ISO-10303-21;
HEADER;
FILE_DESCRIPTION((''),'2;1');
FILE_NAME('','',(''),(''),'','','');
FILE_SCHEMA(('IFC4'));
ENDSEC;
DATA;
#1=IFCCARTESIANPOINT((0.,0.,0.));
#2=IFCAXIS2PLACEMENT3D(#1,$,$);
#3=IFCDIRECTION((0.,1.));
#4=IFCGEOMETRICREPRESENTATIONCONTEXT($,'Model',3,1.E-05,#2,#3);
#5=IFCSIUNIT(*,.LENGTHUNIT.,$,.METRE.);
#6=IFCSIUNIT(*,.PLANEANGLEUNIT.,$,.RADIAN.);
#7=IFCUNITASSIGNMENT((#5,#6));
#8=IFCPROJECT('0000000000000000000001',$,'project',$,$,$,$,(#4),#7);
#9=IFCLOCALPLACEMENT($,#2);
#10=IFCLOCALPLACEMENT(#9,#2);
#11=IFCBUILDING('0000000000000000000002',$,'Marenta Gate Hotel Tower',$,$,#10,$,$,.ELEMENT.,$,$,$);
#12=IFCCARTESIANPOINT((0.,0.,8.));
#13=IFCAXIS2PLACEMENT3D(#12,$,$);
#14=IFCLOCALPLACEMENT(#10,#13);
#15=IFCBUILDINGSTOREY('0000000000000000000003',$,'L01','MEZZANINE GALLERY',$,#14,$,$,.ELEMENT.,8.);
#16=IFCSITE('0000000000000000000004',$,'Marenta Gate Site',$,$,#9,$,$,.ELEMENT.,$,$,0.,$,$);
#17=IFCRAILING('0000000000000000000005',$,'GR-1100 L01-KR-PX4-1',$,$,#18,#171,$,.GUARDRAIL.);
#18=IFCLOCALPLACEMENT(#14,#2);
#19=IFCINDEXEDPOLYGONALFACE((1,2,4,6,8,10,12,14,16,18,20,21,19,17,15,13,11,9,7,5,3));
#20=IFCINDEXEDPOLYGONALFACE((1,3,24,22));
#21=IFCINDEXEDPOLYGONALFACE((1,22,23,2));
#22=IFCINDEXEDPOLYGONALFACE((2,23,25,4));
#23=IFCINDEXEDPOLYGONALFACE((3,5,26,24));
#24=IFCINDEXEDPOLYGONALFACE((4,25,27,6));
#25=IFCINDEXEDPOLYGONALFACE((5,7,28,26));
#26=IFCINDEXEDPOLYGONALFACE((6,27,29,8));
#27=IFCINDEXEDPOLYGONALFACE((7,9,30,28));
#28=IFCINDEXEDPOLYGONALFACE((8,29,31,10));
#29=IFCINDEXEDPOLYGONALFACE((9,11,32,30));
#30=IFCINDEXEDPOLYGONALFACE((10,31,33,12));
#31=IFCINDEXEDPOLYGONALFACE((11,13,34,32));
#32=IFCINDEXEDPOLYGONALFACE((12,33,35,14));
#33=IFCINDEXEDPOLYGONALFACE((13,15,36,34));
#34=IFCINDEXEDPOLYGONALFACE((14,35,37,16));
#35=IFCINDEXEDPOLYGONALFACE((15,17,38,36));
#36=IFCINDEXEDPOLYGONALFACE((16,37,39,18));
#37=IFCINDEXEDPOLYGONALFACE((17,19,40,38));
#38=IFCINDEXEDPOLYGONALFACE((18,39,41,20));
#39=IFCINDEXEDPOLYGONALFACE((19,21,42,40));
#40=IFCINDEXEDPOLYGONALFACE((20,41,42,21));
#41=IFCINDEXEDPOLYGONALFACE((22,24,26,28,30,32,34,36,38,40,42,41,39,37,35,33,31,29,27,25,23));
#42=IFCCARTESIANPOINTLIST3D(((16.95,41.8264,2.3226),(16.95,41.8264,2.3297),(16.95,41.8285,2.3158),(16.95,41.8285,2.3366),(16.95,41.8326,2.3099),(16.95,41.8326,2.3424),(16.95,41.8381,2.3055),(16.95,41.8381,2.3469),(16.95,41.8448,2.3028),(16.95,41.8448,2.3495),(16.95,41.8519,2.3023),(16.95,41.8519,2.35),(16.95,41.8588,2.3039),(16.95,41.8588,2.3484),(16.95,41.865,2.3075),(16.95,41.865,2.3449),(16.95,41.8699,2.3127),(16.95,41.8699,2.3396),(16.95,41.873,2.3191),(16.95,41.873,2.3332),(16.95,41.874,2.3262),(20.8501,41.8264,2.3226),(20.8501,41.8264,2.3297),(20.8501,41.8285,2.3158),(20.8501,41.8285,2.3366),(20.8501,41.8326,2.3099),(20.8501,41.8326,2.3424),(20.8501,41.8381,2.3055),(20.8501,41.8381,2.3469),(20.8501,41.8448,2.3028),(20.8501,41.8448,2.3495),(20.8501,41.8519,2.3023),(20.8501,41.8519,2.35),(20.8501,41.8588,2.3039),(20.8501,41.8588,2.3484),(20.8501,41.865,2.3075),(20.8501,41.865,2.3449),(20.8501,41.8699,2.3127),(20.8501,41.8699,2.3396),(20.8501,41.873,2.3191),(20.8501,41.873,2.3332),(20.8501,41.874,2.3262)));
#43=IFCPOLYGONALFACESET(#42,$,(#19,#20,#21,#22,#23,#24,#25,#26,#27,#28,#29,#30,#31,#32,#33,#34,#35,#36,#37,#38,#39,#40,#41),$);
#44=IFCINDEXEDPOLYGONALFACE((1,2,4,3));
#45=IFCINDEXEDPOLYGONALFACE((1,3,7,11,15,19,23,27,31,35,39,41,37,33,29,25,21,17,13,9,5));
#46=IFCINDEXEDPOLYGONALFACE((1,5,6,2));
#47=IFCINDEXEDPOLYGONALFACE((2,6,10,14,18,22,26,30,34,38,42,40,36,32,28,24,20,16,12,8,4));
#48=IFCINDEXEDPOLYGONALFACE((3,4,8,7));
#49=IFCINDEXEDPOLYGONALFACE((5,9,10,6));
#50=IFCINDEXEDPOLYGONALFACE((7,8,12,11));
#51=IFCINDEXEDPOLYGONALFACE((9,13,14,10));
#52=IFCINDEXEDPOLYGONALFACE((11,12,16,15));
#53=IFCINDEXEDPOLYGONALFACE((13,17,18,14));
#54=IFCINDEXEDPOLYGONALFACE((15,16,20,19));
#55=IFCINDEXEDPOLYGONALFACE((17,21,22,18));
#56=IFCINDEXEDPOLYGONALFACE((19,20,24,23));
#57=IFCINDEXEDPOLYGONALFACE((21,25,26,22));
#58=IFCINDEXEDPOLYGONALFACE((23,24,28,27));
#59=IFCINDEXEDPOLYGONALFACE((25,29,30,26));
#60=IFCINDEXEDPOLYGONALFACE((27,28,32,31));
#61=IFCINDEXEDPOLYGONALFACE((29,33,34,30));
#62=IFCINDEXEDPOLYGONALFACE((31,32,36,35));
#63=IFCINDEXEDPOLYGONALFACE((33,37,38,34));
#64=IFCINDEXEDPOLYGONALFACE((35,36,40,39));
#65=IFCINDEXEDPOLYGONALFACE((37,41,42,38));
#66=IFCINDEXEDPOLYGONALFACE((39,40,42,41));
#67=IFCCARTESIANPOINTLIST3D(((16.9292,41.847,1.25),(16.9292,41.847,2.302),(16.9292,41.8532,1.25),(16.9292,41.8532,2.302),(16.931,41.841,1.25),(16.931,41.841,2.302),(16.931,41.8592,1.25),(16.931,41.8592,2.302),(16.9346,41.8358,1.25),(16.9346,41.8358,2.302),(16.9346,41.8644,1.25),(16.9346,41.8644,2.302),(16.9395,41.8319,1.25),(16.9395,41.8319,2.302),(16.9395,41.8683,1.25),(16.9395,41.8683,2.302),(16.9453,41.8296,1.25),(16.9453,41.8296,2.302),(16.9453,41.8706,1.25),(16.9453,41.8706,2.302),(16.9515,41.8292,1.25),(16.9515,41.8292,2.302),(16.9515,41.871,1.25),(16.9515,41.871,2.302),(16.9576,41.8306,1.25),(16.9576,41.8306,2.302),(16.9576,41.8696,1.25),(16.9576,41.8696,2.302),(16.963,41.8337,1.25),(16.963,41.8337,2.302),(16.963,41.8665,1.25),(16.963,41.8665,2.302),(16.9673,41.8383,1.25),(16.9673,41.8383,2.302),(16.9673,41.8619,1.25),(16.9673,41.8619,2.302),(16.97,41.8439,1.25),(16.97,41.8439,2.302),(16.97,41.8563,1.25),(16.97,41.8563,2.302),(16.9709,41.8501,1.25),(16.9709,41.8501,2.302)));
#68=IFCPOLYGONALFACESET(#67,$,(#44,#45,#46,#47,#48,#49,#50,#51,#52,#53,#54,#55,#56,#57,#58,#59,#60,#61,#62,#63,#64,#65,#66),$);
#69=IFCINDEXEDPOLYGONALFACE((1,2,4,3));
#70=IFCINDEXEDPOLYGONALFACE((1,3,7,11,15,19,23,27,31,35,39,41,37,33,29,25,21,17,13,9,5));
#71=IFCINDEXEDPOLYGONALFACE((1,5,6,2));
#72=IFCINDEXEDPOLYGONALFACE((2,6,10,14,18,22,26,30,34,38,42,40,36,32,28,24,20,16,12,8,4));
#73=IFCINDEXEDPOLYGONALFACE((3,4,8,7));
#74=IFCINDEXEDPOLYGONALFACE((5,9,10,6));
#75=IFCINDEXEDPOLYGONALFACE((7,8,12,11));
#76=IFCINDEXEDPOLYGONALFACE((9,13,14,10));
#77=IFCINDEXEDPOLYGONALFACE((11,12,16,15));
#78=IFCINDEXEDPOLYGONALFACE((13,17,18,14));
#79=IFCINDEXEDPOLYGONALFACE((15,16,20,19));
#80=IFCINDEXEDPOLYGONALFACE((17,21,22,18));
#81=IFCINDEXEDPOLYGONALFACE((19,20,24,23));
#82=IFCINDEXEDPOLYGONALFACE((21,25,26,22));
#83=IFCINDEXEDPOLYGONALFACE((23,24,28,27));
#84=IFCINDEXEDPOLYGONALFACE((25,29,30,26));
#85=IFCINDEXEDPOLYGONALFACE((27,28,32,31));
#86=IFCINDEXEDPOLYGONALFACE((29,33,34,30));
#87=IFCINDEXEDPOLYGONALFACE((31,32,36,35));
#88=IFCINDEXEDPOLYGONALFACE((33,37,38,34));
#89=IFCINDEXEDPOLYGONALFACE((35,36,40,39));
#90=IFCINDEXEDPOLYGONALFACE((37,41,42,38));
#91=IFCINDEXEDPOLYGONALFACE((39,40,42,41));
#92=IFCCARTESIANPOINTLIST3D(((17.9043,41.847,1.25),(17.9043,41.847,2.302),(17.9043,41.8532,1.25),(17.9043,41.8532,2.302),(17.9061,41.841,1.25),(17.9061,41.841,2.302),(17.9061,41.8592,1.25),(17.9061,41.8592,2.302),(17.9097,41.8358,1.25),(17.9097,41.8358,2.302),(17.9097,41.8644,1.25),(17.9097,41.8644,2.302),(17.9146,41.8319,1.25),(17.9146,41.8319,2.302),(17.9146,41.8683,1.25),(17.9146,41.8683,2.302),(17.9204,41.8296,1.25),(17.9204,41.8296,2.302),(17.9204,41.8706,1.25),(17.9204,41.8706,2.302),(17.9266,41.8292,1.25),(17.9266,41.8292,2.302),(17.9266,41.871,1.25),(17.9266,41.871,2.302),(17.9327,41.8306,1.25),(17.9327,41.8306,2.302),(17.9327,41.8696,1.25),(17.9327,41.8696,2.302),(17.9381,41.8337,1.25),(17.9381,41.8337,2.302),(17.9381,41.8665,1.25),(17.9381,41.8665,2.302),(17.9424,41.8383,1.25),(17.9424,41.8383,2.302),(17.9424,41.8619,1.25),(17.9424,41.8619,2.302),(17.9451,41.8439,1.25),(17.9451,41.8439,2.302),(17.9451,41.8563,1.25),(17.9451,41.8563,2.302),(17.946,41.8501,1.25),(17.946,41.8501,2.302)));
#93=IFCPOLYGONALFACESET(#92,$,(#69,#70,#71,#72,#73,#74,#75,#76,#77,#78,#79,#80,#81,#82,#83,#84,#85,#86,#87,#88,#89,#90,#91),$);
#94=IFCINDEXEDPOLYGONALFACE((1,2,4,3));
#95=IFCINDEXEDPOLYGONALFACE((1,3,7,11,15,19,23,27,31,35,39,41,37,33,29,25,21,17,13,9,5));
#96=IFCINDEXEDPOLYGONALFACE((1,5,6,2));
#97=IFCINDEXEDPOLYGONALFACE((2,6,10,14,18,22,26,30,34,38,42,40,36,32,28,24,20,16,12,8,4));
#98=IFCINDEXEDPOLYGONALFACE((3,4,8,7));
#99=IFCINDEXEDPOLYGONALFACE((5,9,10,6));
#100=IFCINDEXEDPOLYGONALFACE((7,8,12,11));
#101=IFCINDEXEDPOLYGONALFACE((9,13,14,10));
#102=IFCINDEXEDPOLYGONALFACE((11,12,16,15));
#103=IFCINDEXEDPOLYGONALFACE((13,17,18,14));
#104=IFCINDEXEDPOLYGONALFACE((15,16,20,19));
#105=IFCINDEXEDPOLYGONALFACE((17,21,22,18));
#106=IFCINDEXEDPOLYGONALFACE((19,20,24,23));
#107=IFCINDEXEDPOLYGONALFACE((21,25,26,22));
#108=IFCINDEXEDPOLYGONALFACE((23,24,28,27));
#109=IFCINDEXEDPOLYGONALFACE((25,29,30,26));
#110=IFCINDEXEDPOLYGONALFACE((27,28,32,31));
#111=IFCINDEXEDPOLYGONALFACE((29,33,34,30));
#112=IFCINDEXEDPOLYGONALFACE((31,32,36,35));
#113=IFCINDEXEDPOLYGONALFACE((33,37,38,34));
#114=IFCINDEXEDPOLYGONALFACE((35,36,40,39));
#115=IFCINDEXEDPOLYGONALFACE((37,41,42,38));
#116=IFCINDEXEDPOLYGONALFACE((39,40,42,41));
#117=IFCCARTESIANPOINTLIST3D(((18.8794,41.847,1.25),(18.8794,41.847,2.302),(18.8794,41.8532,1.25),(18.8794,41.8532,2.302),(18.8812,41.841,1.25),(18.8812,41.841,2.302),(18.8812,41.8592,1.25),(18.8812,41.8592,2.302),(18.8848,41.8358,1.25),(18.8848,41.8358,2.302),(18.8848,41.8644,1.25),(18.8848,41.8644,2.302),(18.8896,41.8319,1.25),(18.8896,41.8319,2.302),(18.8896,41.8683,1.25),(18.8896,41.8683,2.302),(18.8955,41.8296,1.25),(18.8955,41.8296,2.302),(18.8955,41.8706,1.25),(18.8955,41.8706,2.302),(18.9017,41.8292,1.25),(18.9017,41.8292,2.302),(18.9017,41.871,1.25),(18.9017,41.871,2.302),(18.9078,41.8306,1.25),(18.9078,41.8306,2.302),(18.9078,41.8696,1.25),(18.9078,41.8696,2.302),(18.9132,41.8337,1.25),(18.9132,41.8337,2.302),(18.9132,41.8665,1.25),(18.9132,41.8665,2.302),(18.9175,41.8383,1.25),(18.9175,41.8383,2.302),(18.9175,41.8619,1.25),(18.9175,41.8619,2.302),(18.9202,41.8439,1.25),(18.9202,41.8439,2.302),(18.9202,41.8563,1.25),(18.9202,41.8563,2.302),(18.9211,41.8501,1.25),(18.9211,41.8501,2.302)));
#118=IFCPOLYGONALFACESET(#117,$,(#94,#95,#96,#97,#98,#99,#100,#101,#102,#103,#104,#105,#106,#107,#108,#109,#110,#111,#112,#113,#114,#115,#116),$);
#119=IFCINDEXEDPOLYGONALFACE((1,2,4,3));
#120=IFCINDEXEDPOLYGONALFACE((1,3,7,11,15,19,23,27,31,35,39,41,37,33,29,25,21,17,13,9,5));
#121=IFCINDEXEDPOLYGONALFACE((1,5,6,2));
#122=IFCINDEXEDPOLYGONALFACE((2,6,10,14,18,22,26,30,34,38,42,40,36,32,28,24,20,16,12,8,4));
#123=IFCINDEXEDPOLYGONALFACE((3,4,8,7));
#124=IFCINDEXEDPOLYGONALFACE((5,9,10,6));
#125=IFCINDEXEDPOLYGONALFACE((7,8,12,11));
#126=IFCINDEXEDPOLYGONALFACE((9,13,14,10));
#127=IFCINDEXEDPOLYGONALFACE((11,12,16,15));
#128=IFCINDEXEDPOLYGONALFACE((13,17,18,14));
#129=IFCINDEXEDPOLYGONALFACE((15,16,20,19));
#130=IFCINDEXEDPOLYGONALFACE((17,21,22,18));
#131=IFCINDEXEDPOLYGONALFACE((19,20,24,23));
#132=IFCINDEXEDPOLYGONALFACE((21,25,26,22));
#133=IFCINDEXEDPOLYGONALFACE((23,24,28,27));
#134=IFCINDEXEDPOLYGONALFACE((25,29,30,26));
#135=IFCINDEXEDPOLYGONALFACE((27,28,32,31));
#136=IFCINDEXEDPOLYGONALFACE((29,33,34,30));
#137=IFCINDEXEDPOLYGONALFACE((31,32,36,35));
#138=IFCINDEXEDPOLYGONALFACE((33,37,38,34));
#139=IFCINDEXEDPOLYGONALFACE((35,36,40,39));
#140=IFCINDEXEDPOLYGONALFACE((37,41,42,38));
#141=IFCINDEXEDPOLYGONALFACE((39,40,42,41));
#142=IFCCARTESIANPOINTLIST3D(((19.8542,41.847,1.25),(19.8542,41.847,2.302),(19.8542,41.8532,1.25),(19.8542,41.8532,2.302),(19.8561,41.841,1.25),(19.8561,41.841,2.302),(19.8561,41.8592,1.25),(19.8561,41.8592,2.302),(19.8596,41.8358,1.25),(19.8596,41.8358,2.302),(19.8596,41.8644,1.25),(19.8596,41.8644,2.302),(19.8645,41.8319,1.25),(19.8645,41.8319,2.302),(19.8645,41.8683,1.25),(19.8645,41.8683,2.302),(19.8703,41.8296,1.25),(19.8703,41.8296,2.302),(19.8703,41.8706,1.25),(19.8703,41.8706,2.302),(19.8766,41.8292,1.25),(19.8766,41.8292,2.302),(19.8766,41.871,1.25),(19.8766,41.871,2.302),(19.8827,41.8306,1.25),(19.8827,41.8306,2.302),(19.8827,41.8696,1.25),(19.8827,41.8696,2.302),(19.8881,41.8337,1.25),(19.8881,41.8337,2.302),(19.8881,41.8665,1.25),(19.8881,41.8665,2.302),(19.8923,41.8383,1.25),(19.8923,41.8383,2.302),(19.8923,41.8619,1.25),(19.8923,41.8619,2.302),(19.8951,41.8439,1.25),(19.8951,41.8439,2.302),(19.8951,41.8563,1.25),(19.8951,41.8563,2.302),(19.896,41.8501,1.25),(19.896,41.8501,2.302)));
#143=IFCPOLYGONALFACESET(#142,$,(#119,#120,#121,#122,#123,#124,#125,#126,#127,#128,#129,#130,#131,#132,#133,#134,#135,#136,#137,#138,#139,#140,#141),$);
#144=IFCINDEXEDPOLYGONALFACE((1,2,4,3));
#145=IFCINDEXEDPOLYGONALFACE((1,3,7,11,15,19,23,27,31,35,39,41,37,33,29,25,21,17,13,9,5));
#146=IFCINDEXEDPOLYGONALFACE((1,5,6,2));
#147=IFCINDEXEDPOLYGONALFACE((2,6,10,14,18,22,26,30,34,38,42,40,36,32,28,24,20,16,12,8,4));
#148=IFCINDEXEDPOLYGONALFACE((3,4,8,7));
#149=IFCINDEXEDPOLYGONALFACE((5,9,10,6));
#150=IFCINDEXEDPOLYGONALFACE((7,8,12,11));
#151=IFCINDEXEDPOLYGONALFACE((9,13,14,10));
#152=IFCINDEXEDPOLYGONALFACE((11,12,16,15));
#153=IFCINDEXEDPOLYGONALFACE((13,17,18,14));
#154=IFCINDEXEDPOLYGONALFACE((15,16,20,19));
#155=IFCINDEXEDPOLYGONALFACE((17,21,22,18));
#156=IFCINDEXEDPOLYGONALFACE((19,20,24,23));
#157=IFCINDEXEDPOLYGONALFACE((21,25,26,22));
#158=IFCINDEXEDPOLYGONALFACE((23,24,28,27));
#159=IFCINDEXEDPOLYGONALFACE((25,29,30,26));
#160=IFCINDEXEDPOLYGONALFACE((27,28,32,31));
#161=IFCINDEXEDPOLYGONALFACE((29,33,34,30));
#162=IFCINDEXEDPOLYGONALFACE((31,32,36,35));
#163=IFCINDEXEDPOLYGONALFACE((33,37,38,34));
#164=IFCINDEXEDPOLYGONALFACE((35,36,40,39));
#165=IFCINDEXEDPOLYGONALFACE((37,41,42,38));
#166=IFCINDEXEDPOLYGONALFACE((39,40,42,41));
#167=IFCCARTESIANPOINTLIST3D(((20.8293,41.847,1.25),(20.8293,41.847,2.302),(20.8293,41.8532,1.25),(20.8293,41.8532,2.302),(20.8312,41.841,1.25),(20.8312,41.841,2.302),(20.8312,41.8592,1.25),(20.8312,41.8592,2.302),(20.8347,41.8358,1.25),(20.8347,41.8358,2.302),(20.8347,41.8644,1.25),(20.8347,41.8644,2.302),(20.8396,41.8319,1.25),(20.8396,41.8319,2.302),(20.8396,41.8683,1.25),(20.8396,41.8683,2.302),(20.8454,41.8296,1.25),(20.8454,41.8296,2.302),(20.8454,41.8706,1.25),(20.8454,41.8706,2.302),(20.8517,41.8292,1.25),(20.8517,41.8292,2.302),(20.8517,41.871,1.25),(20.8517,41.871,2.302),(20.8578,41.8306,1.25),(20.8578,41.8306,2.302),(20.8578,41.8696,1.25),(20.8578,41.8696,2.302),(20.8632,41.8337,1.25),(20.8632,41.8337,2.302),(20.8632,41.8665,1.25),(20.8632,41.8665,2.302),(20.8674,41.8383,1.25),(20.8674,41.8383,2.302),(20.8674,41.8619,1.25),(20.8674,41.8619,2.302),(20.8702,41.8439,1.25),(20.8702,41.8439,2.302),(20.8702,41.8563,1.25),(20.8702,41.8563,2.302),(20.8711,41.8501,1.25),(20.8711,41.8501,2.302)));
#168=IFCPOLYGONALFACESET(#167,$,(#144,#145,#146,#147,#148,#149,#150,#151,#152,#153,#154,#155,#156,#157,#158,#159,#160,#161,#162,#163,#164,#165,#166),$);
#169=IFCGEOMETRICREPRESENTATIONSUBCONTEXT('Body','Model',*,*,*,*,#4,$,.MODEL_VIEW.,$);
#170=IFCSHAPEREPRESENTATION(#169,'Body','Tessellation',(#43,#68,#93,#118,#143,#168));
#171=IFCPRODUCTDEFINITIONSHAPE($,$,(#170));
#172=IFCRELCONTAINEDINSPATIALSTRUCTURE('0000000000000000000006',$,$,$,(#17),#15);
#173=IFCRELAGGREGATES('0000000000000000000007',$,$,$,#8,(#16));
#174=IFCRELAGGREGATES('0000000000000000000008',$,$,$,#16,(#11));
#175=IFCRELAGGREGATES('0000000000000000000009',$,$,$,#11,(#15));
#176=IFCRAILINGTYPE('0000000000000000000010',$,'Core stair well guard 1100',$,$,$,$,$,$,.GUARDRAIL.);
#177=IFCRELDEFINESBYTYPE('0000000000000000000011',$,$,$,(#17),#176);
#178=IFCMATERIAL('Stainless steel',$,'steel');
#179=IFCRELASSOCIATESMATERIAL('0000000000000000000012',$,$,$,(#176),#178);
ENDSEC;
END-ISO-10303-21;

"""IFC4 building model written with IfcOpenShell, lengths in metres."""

from ifc_helpers import new_model, si_unit, direction, frame, origin, origin_2d, place, context, subcontext, project, spatial, circle, extrude, material, type_object, element, save


model = new_model("IFC4")

# Units and contexts
model_context = context("Model", 3, precision=1e-05, world=origin(), true_north=direction((0.0, 1.0)))
body_context = subcontext(model_context, "Body", "Model", "MODEL_VIEW")
ifc_project = project(units=[si_unit("LENGTHUNIT", "METRE"), si_unit("PLANEANGLEUNIT", "RADIAN")], contexts=[model_context])

# Site, building, storey
site_placement = place(None, origin())
site = spatial("IfcSite", under=ifc_project, at=site_placement, Name="Marenta Gate Site", CompositionType="ELEMENT", RefElevation=0.0)
building_placement = place(site_placement, origin())
building = spatial("IfcBuilding", under=site, at=building_placement, Name="Marenta Gate Hotel Tower", CompositionType="ELEMENT")
storey_placement = place(building_placement, frame((0.0, 0.0, 8.0)))
storey = spatial("IfcBuildingStorey", under=building, at=storey_placement, Name="L01", Description="MEZZANINE GALLERY", CompositionType="ELEMENT", Elevation=8.0)

# Railing
ifc_material_1 = material(Name="Stainless steel", Category="steel")
railing_type_1 = type_object("IfcRailingType", Name="Core stair well guard 1100", PredefinedType="GUARDRAIL", material=ifc_material_1)
railing_1_placement = place(storey_placement, frame((16.95, 41.8501, 1.25)))
element("IfcRailing", 1, at=railing_1_placement, inside=storey, type_object=railing_type_1, Name="GR-1100 L01-KR-PX4-1", PredefinedType="GUARDRAIL", context=body_context, shape_type="SweptSolid", body=[
    extrude(circle(Radius=0.0239, at=origin_2d()), frame((0.0, 0.0, 1.0762), z_axis=(1.0, 0.0, 0.0), x_axis=(0.0, 1.0, 0.0)), (0.0, 0.0, 1.0), 3.9001),
    extrude(circle(Radius=0.021, at=origin_2d()), origin(), (0.0, 0.0, 1.0), 1.052),
    extrude(circle(Radius=0.021, at=origin_2d()), frame((0.9751, 0.0, 0.0)), (0.0, 0.0, 1.0), 1.052),
    extrude(circle(Radius=0.021, at=origin_2d()), frame((1.9502, 0.0, 0.0)), (0.0, 0.0, 1.0), 1.052),
    extrude(circle(Radius=0.021, at=origin_2d()), frame((2.925, 0.0, 0.0)), (0.0, 0.0, 1.0), 1.052),
    extrude(circle(Radius=0.021, at=origin_2d()), frame((3.9001, 0.0, 0.0)), (0.0, 0.0, 1.0), 1.052),
])

save(model, "model.ifc")
